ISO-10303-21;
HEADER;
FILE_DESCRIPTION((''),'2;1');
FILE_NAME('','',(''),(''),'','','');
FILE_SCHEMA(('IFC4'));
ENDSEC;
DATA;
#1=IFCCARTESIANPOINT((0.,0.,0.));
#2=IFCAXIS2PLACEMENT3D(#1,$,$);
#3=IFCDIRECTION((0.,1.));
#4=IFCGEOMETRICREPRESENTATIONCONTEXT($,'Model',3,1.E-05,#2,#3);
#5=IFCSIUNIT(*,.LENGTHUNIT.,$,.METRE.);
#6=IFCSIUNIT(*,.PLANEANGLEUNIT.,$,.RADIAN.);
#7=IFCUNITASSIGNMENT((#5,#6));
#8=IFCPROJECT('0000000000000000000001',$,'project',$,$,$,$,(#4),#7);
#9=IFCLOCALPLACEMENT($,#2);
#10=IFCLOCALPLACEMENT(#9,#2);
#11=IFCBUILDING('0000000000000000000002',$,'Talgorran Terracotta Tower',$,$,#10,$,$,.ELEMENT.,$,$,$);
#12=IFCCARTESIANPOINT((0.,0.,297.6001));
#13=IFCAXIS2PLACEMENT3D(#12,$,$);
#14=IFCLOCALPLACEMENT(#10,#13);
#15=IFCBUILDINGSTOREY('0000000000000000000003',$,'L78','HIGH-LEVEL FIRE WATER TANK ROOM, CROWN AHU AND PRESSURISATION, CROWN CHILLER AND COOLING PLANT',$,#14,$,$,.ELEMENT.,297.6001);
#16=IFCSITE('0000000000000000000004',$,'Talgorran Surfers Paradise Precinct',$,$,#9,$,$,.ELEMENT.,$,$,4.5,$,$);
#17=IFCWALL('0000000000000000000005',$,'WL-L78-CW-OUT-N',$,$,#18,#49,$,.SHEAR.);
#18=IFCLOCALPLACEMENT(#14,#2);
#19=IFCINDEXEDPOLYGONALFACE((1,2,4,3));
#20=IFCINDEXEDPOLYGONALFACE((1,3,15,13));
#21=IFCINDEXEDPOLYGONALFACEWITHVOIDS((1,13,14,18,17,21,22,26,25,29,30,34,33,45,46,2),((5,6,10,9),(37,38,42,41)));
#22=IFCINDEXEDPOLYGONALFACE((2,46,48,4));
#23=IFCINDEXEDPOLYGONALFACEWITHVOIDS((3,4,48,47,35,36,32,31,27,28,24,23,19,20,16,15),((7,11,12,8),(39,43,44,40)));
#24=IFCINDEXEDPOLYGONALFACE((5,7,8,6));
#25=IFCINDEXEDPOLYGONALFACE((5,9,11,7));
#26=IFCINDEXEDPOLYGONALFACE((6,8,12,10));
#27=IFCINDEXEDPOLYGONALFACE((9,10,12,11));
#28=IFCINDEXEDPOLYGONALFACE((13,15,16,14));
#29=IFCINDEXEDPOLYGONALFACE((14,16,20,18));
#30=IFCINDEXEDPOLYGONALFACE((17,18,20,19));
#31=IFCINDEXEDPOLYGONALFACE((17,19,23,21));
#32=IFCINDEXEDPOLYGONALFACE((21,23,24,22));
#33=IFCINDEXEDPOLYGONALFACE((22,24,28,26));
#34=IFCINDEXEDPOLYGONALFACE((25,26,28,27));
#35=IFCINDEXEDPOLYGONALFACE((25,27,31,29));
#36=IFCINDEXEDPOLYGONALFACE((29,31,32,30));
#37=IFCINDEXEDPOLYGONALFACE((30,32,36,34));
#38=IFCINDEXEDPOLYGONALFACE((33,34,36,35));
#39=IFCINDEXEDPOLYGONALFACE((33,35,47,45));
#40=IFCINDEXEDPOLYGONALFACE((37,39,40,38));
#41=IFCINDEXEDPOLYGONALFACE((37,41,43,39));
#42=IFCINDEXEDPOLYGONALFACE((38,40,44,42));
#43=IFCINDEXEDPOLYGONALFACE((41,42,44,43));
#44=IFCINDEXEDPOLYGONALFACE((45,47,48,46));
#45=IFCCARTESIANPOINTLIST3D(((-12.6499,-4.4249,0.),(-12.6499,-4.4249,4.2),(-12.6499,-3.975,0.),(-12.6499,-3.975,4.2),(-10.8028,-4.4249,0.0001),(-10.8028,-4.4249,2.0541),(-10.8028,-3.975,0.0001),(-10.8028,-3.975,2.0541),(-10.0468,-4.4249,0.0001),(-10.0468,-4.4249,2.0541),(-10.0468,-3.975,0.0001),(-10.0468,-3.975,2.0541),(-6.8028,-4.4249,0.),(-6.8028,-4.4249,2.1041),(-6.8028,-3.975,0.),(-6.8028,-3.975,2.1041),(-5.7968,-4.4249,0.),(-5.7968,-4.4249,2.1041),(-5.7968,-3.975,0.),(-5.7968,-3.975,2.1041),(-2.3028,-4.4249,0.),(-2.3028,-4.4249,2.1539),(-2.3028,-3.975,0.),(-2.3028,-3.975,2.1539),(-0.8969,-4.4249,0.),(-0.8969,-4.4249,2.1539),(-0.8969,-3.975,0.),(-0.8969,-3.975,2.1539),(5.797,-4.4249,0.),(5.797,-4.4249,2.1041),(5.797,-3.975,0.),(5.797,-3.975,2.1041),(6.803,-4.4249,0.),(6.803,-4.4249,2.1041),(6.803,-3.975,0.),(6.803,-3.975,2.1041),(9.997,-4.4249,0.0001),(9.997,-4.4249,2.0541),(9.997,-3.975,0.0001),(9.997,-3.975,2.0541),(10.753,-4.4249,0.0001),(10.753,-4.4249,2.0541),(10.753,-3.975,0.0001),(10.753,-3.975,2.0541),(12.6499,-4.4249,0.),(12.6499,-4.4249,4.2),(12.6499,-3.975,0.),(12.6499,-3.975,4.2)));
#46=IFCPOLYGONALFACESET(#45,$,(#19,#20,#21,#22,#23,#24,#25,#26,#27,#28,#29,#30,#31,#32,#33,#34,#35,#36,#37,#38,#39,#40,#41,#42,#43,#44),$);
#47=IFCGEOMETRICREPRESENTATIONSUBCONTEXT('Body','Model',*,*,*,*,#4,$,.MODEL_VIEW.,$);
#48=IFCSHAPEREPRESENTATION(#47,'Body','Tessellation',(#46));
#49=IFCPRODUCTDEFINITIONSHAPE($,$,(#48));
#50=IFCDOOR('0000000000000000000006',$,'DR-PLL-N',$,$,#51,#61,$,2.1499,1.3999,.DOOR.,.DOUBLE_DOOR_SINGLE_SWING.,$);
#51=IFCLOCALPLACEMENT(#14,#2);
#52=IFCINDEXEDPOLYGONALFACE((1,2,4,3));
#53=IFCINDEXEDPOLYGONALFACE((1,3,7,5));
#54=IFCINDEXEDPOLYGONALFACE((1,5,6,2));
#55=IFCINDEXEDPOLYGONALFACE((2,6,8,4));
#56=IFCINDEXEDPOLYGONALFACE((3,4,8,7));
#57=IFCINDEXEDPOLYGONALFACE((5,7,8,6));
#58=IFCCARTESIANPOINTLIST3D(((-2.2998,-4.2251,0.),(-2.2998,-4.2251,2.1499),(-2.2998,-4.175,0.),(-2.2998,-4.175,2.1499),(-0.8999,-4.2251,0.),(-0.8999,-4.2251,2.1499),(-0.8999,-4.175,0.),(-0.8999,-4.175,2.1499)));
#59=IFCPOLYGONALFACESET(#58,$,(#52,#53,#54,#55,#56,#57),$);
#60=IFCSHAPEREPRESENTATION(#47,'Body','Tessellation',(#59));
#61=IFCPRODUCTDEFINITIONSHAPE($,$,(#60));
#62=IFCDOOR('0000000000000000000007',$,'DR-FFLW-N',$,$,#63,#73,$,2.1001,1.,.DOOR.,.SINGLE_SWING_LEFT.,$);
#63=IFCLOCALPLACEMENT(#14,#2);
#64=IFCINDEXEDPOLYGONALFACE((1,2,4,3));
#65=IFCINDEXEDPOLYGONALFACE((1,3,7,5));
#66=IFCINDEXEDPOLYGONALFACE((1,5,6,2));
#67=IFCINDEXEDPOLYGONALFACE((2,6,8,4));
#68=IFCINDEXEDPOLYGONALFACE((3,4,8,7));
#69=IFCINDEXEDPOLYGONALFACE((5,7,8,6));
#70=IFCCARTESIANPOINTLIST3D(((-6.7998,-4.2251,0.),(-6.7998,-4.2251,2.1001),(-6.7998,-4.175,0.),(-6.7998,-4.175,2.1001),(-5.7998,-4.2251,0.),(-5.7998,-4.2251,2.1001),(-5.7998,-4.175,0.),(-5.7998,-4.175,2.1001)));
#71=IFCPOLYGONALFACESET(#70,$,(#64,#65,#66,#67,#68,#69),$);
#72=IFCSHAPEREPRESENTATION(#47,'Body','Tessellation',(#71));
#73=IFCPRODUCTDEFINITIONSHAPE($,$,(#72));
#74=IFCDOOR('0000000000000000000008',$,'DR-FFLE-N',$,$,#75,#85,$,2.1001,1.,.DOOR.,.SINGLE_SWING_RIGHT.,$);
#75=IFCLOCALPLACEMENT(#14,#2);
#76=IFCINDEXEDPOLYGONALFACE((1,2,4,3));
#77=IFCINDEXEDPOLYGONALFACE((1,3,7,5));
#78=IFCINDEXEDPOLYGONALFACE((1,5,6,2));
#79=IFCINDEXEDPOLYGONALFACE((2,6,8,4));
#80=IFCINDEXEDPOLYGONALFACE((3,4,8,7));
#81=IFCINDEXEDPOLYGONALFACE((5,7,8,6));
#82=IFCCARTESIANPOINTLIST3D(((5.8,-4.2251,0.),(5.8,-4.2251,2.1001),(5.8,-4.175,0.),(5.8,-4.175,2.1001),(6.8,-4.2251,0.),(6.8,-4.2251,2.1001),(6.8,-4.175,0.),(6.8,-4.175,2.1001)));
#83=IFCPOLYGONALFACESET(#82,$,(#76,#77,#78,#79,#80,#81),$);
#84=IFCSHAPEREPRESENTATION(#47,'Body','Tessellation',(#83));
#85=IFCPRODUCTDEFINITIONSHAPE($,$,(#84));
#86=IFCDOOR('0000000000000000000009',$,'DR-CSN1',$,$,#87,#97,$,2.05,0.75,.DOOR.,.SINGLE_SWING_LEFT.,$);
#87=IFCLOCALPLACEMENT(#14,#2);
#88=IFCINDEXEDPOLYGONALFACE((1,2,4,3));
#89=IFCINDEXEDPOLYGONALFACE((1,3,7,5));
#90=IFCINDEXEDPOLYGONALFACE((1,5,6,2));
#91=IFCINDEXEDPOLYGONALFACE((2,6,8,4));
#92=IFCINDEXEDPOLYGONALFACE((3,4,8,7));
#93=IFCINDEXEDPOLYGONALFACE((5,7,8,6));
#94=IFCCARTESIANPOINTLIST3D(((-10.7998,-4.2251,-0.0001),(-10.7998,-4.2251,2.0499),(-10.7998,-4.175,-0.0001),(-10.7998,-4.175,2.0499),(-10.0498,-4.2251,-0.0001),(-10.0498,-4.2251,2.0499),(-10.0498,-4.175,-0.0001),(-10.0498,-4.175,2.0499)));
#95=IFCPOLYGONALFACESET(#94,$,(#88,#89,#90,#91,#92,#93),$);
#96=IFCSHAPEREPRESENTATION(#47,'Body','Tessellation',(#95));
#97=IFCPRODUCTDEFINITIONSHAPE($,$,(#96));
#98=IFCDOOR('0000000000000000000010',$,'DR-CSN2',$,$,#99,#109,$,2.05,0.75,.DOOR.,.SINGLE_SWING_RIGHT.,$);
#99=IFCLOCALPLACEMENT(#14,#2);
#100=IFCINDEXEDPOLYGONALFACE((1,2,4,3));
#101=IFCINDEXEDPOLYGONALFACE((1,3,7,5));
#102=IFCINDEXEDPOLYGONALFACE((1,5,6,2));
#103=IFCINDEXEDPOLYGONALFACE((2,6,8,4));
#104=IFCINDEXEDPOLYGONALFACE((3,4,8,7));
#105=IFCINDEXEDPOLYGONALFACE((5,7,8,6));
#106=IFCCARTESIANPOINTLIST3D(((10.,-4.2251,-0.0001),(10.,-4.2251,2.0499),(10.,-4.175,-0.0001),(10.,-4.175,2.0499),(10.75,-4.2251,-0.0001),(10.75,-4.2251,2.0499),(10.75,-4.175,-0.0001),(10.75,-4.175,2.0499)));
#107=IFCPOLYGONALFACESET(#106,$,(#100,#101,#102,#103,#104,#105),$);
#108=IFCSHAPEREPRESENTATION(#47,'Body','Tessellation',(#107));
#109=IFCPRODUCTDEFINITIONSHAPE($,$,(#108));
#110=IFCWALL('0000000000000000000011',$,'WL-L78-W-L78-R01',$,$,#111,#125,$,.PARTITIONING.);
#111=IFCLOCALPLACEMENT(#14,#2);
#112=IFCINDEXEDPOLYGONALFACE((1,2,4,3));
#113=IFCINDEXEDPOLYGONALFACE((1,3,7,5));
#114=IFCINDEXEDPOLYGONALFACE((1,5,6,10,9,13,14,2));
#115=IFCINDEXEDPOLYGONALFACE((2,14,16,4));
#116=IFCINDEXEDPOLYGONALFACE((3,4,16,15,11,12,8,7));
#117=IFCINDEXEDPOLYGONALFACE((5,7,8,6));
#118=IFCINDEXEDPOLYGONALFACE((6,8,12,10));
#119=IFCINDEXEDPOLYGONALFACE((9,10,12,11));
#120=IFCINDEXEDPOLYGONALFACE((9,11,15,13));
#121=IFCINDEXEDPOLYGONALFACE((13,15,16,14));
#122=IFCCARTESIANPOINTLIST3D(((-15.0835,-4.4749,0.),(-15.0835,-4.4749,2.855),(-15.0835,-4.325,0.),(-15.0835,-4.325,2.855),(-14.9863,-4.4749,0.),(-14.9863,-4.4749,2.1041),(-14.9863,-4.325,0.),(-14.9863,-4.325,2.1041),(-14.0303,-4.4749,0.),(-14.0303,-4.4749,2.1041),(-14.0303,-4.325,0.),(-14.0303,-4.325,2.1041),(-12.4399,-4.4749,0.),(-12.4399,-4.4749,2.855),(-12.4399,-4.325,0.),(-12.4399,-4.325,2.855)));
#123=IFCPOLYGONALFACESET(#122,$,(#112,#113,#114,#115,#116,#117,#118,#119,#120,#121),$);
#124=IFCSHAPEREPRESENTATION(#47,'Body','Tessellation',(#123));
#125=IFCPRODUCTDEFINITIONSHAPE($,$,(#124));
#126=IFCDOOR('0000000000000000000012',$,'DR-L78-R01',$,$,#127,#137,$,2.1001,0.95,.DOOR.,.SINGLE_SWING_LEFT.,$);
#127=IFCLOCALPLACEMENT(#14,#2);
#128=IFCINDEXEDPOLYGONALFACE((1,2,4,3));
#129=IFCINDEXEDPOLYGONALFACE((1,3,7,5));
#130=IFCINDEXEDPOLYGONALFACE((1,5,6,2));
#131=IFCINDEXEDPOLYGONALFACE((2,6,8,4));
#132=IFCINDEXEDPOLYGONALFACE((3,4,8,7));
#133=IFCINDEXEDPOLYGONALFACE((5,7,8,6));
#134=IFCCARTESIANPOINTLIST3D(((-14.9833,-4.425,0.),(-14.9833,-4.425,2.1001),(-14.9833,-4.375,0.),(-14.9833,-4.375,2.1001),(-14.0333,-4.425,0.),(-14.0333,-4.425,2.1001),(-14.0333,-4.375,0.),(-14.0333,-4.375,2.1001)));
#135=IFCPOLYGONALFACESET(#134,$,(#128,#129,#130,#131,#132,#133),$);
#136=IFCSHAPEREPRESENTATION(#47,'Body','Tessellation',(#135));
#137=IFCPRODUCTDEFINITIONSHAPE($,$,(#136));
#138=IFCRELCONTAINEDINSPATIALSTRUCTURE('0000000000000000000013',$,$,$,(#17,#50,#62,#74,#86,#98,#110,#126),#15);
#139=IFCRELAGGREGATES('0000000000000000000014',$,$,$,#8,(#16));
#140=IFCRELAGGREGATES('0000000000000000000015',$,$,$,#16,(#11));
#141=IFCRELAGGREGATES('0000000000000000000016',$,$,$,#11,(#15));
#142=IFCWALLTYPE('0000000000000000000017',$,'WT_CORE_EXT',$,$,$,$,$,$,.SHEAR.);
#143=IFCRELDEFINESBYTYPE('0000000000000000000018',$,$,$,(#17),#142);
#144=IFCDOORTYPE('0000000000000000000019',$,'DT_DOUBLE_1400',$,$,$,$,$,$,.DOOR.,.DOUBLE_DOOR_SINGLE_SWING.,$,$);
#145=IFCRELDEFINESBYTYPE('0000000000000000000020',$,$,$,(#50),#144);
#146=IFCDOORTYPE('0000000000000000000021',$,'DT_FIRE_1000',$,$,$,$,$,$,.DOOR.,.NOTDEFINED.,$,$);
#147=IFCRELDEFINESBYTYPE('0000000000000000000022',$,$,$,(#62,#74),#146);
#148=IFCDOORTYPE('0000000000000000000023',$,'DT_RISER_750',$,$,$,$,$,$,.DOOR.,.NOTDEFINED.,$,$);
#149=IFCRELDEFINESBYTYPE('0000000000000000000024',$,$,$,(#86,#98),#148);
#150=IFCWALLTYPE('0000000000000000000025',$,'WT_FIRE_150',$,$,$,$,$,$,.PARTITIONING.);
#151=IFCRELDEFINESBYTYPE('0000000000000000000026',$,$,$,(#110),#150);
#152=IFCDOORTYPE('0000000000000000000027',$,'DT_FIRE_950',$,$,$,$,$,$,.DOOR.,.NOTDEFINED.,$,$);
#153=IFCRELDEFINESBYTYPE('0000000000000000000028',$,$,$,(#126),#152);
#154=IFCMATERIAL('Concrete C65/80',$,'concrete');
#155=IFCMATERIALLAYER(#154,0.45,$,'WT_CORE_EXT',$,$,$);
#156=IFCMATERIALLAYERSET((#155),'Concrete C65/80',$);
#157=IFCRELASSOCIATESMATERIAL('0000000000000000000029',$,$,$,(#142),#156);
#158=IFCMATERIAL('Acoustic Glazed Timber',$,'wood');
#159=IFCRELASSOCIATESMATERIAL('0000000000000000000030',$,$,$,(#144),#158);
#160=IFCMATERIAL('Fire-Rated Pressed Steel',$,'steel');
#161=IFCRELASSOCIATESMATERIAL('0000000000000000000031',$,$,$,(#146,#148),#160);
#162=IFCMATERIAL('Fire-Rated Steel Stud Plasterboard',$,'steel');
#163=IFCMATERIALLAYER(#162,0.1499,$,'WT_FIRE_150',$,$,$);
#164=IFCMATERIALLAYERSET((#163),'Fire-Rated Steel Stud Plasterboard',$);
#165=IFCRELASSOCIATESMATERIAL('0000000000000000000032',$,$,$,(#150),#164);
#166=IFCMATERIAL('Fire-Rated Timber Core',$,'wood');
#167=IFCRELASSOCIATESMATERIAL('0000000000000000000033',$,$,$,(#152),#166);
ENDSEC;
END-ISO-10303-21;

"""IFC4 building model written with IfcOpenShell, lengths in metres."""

from ifc_helpers import new_model, si_unit, direction, frame, frame_2d, origin, place, context, subcontext, project, spatial, rectangle, extrude, material, layer, layer_set, type_object, element, fill, save


model = new_model("IFC4")

# Units and contexts
model_context = context("Model", 3, precision=1e-05, world=origin(), true_north=direction((0.0, 1.0)))
body_context = subcontext(model_context, "Body", "Model", "MODEL_VIEW")
ifc_project = project(units=[si_unit("LENGTHUNIT", "METRE"), si_unit("PLANEANGLEUNIT", "RADIAN")], contexts=[model_context])

# Site, building, storey
site_placement = place(None, origin())
site = spatial("IfcSite", under=ifc_project, at=site_placement, Name="Talgorran Surfers Paradise Precinct", CompositionType="ELEMENT", RefElevation=4.5)
building_placement = place(site_placement, origin())
building = spatial("IfcBuilding", under=site, at=building_placement, Name="Talgorran Terracotta Tower", CompositionType="ELEMENT")
storey_placement = place(building_placement, frame((0.0, 0.0, 297.6001)))
storey = spatial("IfcBuildingStorey", under=building, at=storey_placement, Name="L78", Description="HIGH-LEVEL FIRE WATER TANK ROOM, CROWN AHU AND PRESSURISATION, CROWN CHILLER AND COOLING PLANT", CompositionType="ELEMENT", Elevation=297.6001)

# Wall, openings, doors
ifc_material_1 = material(Name="Concrete C65/80", Category="concrete")
ifc_layer_1 = layer(ifc_material_1, 0.45, Name="WT_CORE_EXT")
ifc_layer_set_1 = layer_set([ifc_layer_1], Name="Concrete C65/80")
wall_type_1 = type_object("IfcWallType", Name="WT_CORE_EXT", PredefinedType="SHEAR", material=ifc_layer_set_1)
wall_1_placement = place(storey_placement, frame((-12.6499, -4.2, 0.0), z_axis=(0.0, 0.0, 1.0), x_axis=(1.0, 0.0, 0.0)))
wall_1 = element("IfcWall", 1, at=wall_1_placement, inside=storey, type_object=wall_type_1, Name="WL-L78-CW-OUT-N", PredefinedType="SHEAR", context=body_context, shape_type="SweptSolid", body=[
    extrude(rectangle(XDim=25.2998, YDim=0.45, at=frame_2d((12.6499, 0.0))), origin(), (0.0, 0.0, 1.0), 4.2),
])
opening_1_placement = place(wall_1_placement, frame((1.8501, 0.0, 0.0)))
opening_1 = element("IfcOpeningElement", 2, at=opening_1_placement, cuts=wall_1, PredefinedType="OPENING", context=body_context, shape_type="SweptSolid", body=[
    extrude(rectangle(XDim=0.756, YDim=2.054, at=frame_2d((0.375, 1.0271))), frame((0.0, 0.2349, 0.0), z_axis=(0.0, -1.0, 0.0), x_axis=(1.0, 0.0, 0.0)), (0.0, 0.0, 1.0), 0.47),
])
opening_2_placement = place(wall_1_placement, frame((22.6499, 0.0, 0.0)))
opening_2 = element("IfcOpeningElement", 3, at=opening_2_placement, cuts=wall_1, PredefinedType="OPENING", context=body_context, shape_type="SweptSolid", body=[
    extrude(rectangle(XDim=0.756, YDim=2.054, at=frame_2d((0.375, 1.0271))), frame((0.0, 0.2349, 0.0), z_axis=(0.0, -1.0, 0.0), x_axis=(1.0, 0.0, 0.0)), (0.0, 0.0, 1.0), 0.47),
])
opening_3_placement = place(wall_1_placement, frame((5.8501, 0.0, 0.0)))
opening_3 = element("IfcOpeningElement", 4, at=opening_3_placement, cuts=wall_1, PredefinedType="OPENING", context=body_context, shape_type="SweptSolid", body=[
    extrude(rectangle(XDim=1.006, YDim=2.1041, at=frame_2d((0.5, 1.052))), frame((0.0, 0.2349, 0.0), z_axis=(0.0, -1.0, 0.0), x_axis=(1.0, 0.0, 0.0)), (0.0, 0.0, 1.0), 0.47),
])
opening_4_placement = place(wall_1_placement, frame((10.3501, 0.0, 0.0)))
opening_4 = element("IfcOpeningElement", 5, at=opening_4_placement, cuts=wall_1, PredefinedType="OPENING", context=body_context, shape_type="SweptSolid", body=[
    extrude(rectangle(XDim=1.4059, YDim=2.1539, at=frame_2d((0.7, 1.0769))), frame((0.0, 0.2349, 0.0), z_axis=(0.0, -1.0, 0.0), x_axis=(1.0, 0.0, 0.0)), (0.0, 0.0, 1.0), 0.47),
])
opening_5_placement = place(wall_1_placement, frame((18.45, 0.0, 0.0)))
opening_5 = element("IfcOpeningElement", 6, at=opening_5_placement, cuts=wall_1, PredefinedType="OPENING", context=body_context, shape_type="SweptSolid", body=[
    extrude(rectangle(XDim=1.006, YDim=2.1041, at=frame_2d((0.5, 1.052))), frame((0.0, 0.2349, 0.0), z_axis=(0.0, -1.0, 0.0), x_axis=(1.0, 0.0, 0.0)), (0.0, 0.0, 1.0), 0.47),
])
ifc_material_2 = material(Name="Acoustic Glazed Timber", Category="wood")
door_type_1 = type_object("IfcDoorType", Name="DT_DOUBLE_1400", OperationType="DOUBLE_DOOR_SINGLE_SWING", PredefinedType="DOOR", material=ifc_material_2)
door_1_placement = place(opening_4_placement, origin())
door_1 = element("IfcDoor", 7, at=door_1_placement, inside=storey, type_object=door_type_1, Name="DR-PLL-N", OperationType="DOUBLE_DOOR_SINGLE_SWING", OverallHeight=2.1499, OverallWidth=1.3999, PredefinedType="DOOR", context=body_context, shape_type="SweptSolid", body=[
    extrude(rectangle(XDim=1.3999, YDim=2.1499, at=frame_2d((0.7, 1.075))), frame((0.0, 0.0249, 0.0), z_axis=(0.0, -1.0, 0.0), x_axis=(1.0, 0.0, 0.0)), (0.0, 0.0, 1.0), 0.05),
])
fill(opening_4, door_1)
ifc_material_3 = material(Name="Fire-Rated Pressed Steel", Category="steel")
door_type_2 = type_object("IfcDoorType", Name="DT_FIRE_1000", OperationType="NOTDEFINED", PredefinedType="DOOR", material=ifc_material_3)
door_2_placement = place(opening_3_placement, origin())
door_2 = element("IfcDoor", 8, at=door_2_placement, inside=storey, type_object=door_type_2, Name="DR-FFLW-N", OperationType="SINGLE_SWING_LEFT", OverallHeight=2.1001, OverallWidth=1.0, PredefinedType="DOOR", context=body_context, shape_type="SweptSolid", body=[
    extrude(rectangle(XDim=1.0, YDim=2.1001, at=frame_2d((0.5, 1.05))), frame((0.0, 0.0249, 0.0), z_axis=(0.0, -1.0, 0.0), x_axis=(1.0, 0.0, 0.0)), (0.0, 0.0, 1.0), 0.05),
])
fill(opening_3, door_2)
door_3_placement = place(opening_5_placement, origin())
door_3 = element("IfcDoor", 9, at=door_3_placement, inside=storey, type_object=door_type_2, Name="DR-FFLE-N", OperationType="SINGLE_SWING_RIGHT", OverallHeight=2.1001, OverallWidth=1.0, PredefinedType="DOOR", context=body_context, shape_type="SweptSolid", body=[
    extrude(rectangle(XDim=1.0, YDim=2.1001, at=frame_2d((0.5, 1.05))), frame((0.0, 0.0249, 0.0), z_axis=(0.0, -1.0, 0.0), x_axis=(1.0, 0.0, 0.0)), (0.0, 0.0, 1.0), 0.05),
])
fill(opening_5, door_3)
door_type_3 = type_object("IfcDoorType", Name="DT_RISER_750", OperationType="NOTDEFINED", PredefinedType="DOOR", material=ifc_material_3)
door_4_placement = place(opening_1_placement, origin())
door_4 = element("IfcDoor", 10, at=door_4_placement, inside=storey, type_object=door_type_3, Name="DR-CSN1", OperationType="SINGLE_SWING_LEFT", OverallHeight=2.05, OverallWidth=0.75, PredefinedType="DOOR", context=body_context, shape_type="SweptSolid", body=[
    extrude(rectangle(XDim=0.75, YDim=2.05, at=frame_2d((0.375, 1.0249))), frame((0.0, 0.0249, 0.0), z_axis=(0.0, -1.0, 0.0), x_axis=(1.0, 0.0, 0.0)), (0.0, 0.0, 1.0), 0.05),
])
fill(opening_1, door_4)
door_5_placement = place(opening_2_placement, origin())
door_5 = element("IfcDoor", 11, at=door_5_placement, inside=storey, type_object=door_type_3, Name="DR-CSN2", OperationType="SINGLE_SWING_RIGHT", OverallHeight=2.05, OverallWidth=0.75, PredefinedType="DOOR", context=body_context, shape_type="SweptSolid", body=[
    extrude(rectangle(XDim=0.75, YDim=2.05, at=frame_2d((0.375, 1.0249))), frame((0.0, 0.0249, 0.0), z_axis=(0.0, -1.0, 0.0), x_axis=(1.0, 0.0, 0.0)), (0.0, 0.0, 1.0), 0.05),
])
fill(opening_2, door_5)

# Wall, opening, door
ifc_material_4 = material(Name="Fire-Rated Steel Stud Plasterboard", Category="steel")
ifc_layer_2 = layer(ifc_material_4, 0.1499, Name="WT_FIRE_150")
ifc_layer_set_2 = layer_set([ifc_layer_2], Name="Fire-Rated Steel Stud Plasterboard")
wall_type_2 = type_object("IfcWallType", Name="WT_FIRE_150", PredefinedType="PARTITIONING", material=ifc_layer_set_2)
wall_2_placement = place(storey_placement, frame((-15.0835, -4.3999, 0.0), z_axis=(0.0, 0.0, 1.0), x_axis=(1.0, 0.0, 0.0)))
wall_2 = element("IfcWall", 12, at=wall_2_placement, inside=storey, type_object=wall_type_2, Name="WL-L78-W-L78-R01", PredefinedType="PARTITIONING", context=body_context, shape_type="SweptSolid", body=[
    extrude(rectangle(XDim=2.6436, YDim=0.1499, at=frame_2d((1.3218, 0.0))), origin(), (0.0, 0.0, 1.0), 2.855),
])
opening_6_placement = place(wall_2_placement, frame((0.1001, 0.0, 0.0)))
opening_6 = element("IfcOpeningElement", 13, at=opening_6_placement, cuts=wall_2, PredefinedType="OPENING", context=body_context, shape_type="SweptSolid", body=[
    extrude(rectangle(XDim=0.956, YDim=2.1041, at=frame_2d((0.4751, 1.052))), frame((0.0, 0.085, 0.0), z_axis=(0.0, -1.0, 0.0), x_axis=(1.0, 0.0, 0.0)), (0.0, 0.0, 1.0), 0.1699),
])
ifc_material_5 = material(Name="Fire-Rated Timber Core", Category="wood")
door_type_4 = type_object("IfcDoorType", Name="DT_FIRE_950", OperationType="NOTDEFINED", PredefinedType="DOOR", material=ifc_material_5)
door_6_placement = place(opening_6_placement, origin())
door_6 = element("IfcDoor", 14, at=door_6_placement, inside=storey, type_object=door_type_4, Name="DR-L78-R01", OperationType="SINGLE_SWING_LEFT", OverallHeight=2.1001, OverallWidth=0.95, PredefinedType="DOOR", context=body_context, shape_type="SweptSolid", body=[
    extrude(rectangle(XDim=0.95, YDim=2.1001, at=frame_2d((0.4751, 1.05))), frame((0.0, 0.0249, 0.0), z_axis=(0.0, -1.0, 0.0), x_axis=(1.0, 0.0, 0.0)), (0.0, 0.0, 1.0), 0.05),
])
fill(opening_6, door_6)

save(model, "model.ifc")
